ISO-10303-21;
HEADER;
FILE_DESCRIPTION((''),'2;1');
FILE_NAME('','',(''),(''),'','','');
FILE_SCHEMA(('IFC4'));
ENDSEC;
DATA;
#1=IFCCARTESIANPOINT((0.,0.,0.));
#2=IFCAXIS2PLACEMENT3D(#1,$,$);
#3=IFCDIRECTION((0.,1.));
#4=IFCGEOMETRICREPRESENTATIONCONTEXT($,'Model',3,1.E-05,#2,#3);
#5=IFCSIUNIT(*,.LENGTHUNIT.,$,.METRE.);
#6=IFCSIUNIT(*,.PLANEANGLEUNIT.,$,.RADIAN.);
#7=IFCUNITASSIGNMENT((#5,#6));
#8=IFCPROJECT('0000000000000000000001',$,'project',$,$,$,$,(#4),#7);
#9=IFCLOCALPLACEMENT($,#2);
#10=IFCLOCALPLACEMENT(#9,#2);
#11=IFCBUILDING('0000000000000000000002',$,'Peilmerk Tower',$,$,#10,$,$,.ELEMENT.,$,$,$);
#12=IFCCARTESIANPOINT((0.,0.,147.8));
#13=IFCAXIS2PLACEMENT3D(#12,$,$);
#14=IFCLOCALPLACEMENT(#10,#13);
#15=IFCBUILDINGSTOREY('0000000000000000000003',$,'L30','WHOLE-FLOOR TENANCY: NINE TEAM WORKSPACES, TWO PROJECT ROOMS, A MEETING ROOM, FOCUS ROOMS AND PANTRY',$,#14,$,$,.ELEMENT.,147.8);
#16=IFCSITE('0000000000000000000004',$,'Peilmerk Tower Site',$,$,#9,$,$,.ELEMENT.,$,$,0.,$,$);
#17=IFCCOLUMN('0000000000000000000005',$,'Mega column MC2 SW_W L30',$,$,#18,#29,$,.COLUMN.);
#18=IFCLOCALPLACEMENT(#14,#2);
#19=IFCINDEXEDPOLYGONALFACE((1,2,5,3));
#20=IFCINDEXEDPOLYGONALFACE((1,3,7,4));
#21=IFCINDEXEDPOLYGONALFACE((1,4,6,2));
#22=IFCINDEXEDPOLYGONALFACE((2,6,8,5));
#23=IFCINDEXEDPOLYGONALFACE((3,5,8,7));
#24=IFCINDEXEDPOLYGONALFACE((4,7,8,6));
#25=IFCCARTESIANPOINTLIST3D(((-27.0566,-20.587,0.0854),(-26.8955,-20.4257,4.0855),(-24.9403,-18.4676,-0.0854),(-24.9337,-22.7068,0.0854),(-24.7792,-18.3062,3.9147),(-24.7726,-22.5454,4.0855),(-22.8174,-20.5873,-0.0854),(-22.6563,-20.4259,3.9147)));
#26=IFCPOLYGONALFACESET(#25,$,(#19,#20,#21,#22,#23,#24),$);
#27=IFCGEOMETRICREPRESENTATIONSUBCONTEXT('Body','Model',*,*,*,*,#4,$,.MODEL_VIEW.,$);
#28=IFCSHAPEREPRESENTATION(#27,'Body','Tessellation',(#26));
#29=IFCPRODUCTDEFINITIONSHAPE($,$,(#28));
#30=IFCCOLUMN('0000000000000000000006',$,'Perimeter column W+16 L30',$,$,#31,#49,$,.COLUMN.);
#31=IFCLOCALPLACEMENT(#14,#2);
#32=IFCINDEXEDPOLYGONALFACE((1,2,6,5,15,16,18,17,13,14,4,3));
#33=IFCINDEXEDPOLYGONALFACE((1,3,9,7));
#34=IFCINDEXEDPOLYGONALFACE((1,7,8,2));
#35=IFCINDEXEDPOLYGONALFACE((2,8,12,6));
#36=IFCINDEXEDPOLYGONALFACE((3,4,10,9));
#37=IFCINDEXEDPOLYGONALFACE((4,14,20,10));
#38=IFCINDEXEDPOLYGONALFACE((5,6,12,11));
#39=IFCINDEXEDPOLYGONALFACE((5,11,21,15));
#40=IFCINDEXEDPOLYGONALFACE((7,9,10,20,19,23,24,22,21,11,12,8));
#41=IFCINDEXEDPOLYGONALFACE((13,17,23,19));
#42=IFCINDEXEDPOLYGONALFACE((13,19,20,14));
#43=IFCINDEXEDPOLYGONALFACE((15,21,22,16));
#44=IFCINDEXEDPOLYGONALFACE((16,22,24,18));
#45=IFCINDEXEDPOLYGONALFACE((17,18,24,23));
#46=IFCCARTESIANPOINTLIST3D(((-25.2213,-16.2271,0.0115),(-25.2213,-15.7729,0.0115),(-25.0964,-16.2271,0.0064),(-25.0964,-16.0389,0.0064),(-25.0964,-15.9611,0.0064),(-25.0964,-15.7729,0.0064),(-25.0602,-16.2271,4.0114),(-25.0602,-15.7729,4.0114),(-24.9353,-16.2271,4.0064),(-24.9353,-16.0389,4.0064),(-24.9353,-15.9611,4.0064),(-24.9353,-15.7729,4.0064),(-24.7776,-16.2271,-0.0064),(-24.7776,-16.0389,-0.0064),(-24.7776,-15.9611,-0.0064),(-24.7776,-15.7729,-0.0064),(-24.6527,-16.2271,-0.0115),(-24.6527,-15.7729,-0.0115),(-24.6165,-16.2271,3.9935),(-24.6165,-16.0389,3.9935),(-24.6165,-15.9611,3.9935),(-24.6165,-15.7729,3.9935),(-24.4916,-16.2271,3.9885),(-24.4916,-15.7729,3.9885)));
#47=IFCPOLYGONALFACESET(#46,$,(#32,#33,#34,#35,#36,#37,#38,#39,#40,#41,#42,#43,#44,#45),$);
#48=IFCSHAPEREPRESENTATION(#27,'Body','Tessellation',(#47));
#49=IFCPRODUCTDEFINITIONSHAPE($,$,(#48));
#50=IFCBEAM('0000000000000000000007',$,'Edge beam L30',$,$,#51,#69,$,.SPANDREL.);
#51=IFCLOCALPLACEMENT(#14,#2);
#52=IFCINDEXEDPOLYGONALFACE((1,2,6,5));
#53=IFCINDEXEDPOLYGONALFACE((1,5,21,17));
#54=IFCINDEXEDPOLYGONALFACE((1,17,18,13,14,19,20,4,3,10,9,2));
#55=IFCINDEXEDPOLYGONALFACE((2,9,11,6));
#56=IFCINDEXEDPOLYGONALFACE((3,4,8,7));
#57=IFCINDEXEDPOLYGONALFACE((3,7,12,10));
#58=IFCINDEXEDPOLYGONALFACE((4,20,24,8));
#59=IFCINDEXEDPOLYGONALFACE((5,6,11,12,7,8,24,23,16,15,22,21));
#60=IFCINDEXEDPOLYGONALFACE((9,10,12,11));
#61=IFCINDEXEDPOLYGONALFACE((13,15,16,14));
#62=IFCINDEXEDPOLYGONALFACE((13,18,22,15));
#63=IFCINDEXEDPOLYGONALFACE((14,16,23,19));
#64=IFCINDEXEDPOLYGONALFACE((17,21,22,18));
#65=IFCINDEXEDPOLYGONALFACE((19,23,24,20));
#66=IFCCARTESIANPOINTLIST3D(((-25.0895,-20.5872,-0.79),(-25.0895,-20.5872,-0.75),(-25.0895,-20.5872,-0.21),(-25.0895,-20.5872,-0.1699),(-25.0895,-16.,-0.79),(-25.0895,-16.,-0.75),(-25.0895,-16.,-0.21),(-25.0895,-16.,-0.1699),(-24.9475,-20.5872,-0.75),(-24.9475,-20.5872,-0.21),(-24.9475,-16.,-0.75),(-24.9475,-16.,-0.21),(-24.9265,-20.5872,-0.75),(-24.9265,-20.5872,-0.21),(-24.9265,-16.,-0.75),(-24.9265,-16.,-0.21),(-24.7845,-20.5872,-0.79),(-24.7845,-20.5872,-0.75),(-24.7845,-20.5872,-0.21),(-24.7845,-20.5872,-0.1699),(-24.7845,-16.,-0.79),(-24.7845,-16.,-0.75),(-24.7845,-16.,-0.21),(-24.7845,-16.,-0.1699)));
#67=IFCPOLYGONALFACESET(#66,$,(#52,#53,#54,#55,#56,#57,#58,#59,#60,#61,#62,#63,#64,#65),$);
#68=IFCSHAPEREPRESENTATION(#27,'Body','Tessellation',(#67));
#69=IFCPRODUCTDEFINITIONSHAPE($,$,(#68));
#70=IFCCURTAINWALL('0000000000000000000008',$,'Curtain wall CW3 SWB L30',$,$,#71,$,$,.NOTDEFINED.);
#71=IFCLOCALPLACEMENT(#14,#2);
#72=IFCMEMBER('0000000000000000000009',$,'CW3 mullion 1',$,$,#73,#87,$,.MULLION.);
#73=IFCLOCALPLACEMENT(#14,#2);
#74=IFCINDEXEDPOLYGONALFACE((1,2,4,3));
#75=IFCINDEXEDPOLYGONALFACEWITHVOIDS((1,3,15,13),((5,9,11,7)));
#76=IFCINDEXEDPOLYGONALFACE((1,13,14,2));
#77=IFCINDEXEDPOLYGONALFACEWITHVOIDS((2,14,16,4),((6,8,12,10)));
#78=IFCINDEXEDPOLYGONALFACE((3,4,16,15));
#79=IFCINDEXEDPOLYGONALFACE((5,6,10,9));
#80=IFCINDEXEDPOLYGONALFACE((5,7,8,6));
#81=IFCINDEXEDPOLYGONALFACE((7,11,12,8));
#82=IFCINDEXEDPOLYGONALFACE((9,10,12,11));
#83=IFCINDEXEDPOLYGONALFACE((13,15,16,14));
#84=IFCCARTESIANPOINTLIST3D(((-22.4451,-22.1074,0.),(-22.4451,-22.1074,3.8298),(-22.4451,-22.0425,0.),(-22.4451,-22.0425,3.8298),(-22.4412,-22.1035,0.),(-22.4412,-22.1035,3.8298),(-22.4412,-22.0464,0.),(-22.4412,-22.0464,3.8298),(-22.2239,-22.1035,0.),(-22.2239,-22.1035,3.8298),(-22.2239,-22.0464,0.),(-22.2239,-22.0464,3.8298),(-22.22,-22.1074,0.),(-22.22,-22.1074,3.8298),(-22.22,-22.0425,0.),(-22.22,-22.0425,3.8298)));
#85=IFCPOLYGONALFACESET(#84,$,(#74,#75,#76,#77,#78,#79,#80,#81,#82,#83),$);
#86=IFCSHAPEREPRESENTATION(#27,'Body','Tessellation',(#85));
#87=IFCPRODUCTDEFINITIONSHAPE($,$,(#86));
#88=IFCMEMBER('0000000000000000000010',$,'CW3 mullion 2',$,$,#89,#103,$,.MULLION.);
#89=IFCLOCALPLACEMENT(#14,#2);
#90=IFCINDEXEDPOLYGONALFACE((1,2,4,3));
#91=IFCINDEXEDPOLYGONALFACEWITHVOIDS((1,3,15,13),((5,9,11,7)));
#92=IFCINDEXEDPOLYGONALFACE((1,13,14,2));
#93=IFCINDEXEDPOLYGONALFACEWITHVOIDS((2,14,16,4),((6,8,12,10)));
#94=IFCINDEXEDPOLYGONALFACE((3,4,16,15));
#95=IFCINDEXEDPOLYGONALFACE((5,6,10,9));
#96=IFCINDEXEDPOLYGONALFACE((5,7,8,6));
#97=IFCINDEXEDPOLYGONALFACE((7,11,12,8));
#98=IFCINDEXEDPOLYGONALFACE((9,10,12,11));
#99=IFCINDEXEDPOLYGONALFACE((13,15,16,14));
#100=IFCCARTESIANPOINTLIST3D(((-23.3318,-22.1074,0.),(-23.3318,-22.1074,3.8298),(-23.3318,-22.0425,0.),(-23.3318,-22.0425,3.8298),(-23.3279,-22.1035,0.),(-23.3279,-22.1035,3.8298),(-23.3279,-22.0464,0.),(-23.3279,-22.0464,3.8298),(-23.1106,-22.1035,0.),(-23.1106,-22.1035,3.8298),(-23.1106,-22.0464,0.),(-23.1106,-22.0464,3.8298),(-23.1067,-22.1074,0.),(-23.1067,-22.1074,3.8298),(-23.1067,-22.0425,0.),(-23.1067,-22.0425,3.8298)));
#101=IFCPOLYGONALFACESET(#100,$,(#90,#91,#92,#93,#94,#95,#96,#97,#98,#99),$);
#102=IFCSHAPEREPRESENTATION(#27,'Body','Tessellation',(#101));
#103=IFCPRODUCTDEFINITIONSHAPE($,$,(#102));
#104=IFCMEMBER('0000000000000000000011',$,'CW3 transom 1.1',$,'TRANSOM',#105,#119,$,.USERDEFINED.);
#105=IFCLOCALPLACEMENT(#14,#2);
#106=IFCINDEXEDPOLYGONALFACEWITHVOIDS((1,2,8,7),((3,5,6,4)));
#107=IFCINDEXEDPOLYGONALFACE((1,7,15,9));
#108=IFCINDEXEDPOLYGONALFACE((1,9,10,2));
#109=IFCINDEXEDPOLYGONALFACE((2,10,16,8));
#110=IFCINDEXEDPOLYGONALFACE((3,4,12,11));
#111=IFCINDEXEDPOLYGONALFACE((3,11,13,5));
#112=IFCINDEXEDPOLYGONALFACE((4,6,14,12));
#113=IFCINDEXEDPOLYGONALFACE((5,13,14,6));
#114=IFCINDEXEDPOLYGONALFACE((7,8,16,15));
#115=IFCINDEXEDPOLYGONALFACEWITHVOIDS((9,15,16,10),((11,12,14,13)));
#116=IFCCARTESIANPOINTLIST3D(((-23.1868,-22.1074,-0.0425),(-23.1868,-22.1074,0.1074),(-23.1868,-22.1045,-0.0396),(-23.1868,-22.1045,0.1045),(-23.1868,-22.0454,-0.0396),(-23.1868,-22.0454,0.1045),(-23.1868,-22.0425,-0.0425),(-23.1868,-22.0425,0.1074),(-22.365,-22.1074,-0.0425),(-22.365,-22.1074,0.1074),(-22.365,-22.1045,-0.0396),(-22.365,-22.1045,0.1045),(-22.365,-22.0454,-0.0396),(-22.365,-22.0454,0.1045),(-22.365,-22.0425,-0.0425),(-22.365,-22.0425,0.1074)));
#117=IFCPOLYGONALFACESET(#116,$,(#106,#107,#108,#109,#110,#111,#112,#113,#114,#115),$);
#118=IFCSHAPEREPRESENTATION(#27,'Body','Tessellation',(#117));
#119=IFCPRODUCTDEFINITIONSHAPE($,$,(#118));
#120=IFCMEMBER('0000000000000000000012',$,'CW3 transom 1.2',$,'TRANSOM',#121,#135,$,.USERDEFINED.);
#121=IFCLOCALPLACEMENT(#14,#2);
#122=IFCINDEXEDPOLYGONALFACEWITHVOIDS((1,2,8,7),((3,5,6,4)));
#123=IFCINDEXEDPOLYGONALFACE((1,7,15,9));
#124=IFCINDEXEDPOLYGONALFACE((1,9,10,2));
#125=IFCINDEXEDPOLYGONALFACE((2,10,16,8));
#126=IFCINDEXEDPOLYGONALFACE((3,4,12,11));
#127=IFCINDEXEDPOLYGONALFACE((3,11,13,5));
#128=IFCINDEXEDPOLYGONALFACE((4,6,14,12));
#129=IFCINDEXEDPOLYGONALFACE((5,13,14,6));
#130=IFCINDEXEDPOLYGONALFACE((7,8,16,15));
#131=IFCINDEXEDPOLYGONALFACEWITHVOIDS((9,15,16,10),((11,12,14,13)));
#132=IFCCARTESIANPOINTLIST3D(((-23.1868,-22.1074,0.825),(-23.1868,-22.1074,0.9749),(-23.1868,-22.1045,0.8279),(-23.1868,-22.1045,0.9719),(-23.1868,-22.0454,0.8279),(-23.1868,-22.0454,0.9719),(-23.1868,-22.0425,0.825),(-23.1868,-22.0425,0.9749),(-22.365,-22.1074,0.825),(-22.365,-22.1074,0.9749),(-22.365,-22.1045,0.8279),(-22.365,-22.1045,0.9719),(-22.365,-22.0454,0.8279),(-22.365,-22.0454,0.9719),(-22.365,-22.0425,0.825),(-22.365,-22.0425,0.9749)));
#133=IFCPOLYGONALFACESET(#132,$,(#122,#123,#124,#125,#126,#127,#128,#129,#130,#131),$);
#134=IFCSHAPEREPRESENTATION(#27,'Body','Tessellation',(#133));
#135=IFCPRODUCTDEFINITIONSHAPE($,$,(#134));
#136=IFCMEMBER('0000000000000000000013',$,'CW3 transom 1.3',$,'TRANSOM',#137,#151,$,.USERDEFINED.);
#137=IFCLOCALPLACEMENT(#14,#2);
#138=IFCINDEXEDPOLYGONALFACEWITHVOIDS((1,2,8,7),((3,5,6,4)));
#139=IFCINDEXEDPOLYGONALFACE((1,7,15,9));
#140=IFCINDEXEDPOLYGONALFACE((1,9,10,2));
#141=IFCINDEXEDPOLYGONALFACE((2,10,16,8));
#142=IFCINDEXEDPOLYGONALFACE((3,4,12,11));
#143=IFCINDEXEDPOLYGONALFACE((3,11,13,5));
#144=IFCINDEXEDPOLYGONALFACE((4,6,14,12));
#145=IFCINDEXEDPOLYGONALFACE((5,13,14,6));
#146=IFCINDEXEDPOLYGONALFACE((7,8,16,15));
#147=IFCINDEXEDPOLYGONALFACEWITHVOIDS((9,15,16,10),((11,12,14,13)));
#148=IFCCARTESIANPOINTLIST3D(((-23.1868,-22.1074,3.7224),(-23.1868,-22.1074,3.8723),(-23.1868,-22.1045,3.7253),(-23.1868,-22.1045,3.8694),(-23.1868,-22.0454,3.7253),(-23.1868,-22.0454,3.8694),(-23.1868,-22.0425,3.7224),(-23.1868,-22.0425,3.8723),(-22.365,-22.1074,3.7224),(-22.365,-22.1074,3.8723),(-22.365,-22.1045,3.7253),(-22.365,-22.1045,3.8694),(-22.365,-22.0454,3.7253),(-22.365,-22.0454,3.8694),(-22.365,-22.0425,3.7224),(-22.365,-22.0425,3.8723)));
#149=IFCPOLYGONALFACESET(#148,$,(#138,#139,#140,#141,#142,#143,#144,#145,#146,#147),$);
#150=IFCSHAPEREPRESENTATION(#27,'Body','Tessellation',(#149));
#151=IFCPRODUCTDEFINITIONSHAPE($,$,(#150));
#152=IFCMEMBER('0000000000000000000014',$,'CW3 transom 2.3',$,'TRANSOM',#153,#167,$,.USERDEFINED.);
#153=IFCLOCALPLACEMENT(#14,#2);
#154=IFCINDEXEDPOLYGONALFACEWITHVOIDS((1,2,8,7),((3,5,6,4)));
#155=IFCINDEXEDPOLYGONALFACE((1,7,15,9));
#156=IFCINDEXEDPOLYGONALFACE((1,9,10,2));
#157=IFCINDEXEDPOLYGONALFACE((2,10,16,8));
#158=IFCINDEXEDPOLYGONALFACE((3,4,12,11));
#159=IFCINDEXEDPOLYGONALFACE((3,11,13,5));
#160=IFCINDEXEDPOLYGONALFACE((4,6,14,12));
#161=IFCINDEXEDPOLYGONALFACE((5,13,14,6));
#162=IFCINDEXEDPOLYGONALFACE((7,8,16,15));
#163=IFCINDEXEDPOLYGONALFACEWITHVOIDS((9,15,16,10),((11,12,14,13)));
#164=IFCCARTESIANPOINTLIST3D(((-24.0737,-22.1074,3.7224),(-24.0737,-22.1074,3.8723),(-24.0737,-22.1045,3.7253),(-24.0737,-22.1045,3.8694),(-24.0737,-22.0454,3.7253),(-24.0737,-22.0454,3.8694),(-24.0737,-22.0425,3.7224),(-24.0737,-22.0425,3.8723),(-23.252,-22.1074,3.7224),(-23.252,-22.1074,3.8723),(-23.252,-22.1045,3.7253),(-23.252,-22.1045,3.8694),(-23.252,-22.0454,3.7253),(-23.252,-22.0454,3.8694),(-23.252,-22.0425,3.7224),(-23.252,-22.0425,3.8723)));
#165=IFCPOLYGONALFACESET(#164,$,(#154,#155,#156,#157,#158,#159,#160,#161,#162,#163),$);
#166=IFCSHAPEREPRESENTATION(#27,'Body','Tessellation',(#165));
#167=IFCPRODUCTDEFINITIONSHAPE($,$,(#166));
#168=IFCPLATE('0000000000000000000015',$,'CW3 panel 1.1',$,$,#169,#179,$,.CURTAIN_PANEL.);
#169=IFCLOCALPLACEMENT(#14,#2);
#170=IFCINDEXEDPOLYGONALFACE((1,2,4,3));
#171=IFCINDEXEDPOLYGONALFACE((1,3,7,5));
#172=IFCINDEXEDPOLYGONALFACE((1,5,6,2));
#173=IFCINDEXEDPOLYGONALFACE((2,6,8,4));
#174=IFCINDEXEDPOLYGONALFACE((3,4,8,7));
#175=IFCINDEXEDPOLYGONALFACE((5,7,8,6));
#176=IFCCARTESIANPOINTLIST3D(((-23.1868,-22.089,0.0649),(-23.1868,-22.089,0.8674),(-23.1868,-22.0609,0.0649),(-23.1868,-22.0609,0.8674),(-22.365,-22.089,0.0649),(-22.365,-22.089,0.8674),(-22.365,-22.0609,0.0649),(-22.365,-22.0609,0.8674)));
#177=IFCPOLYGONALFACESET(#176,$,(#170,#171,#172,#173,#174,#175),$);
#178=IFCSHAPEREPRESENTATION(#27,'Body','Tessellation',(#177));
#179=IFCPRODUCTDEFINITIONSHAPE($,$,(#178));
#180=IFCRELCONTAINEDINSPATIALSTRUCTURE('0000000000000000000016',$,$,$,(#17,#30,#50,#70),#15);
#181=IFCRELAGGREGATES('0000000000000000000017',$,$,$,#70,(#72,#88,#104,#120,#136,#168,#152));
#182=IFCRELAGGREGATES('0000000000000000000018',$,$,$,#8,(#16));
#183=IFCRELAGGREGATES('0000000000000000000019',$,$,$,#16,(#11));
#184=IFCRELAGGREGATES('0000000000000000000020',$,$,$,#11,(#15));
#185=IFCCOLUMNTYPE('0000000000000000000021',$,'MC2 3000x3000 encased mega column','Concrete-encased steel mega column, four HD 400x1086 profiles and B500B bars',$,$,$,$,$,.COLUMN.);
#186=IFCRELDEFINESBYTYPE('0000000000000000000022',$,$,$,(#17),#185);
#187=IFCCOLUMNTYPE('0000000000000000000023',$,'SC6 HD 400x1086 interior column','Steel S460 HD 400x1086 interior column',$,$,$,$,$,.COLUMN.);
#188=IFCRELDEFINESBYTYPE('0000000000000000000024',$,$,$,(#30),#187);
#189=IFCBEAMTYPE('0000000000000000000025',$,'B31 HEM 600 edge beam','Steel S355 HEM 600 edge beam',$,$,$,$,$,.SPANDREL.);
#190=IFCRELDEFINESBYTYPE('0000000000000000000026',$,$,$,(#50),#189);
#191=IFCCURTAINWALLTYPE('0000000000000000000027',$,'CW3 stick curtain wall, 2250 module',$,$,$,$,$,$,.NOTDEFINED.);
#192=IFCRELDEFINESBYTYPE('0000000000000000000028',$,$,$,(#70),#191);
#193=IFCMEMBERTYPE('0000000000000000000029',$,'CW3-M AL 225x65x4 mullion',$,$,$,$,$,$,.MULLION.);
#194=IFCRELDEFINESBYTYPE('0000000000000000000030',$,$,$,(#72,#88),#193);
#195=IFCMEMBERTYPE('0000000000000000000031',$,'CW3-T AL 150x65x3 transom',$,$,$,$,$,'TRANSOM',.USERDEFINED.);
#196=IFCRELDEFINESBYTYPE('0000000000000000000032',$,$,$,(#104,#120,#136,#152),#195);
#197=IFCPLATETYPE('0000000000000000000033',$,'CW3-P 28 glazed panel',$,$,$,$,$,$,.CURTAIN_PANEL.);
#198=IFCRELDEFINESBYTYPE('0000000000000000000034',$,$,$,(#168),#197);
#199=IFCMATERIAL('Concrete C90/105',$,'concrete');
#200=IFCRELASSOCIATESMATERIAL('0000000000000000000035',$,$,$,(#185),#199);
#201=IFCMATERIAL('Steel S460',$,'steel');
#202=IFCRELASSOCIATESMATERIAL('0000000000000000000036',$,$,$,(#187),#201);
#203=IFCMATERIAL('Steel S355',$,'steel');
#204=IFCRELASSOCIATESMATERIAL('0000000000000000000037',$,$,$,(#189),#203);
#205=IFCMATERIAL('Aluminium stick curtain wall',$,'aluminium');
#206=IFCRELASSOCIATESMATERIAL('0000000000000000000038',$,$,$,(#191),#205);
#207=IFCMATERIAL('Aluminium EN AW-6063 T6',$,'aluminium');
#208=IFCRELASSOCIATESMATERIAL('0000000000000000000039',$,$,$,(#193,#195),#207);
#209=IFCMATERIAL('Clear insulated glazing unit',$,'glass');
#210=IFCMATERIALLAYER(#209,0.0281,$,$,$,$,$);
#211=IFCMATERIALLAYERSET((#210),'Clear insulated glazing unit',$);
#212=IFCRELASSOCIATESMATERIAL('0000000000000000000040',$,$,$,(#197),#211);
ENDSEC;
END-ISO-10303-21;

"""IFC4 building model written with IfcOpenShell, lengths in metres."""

from ifc_helpers import new_model, si_unit, direction, frame, origin, origin_2d, place, context, subcontext, project, spatial, rectangle, hollow_rectangle, i_section, extrude, material, layer, layer_set, material_profile, profile_set, type_object, element, aggregate, save


model = new_model("IFC4")

# Units and contexts
model_context = context("Model", 3, precision=1e-05, world=origin(), true_north=direction((0.0, 1.0)))
body_context = subcontext(model_context, "Body", "Model", "MODEL_VIEW")
ifc_project = project(units=[si_unit("LENGTHUNIT", "METRE"), si_unit("PLANEANGLEUNIT", "RADIAN")], contexts=[model_context])

# Site, building, storey
site_placement = place(None, origin())
site = spatial("IfcSite", under=ifc_project, at=site_placement, Name="Peilmerk Tower Site", CompositionType="ELEMENT", RefElevation=0.0)
building_placement = place(site_placement, origin())
building = spatial("IfcBuilding", under=site, at=building_placement, Name="Peilmerk Tower", CompositionType="ELEMENT")
storey_placement = place(building_placement, frame((0.0, 0.0, 147.8)))
storey = spatial("IfcBuildingStorey", under=building, at=storey_placement, Name="L30", Description="WHOLE-FLOOR TENANCY: NINE TEAM WORKSPACES, TWO PROJECT ROOMS, A MEETING ROOM, FOCUS ROOMS AND PANTRY", CompositionType="ELEMENT", Elevation=147.8)

# Columns
ifc_material_1 = material(Name="Concrete C90/105", Category="concrete")
ifc_material_profile_1 = material_profile(ifc_material_1, rectangle(XDim=3.0, YDim=3.0, at=origin_2d()), Name="RC 3000x3000")
ifc_profile_set_1 = profile_set([ifc_material_profile_1], Name="Concrete C90/105")
column_type_1 = type_object("IfcColumnType", Name="MC2 3000x3000 encased mega column", Description="Concrete-encased steel mega column, four HD 400x1086 profiles and B500B bars", PredefinedType="COLUMN", material=ifc_profile_set_1)
column_1_placement = place(storey_placement, frame((-24.937, -20.5872, 0.0), z_axis=(0.040218, 0.040279, 0.998379), x_axis=(-0.707642, 0.706571, 0.0)))
element("IfcColumn", 1, at=column_1_placement, inside=storey, type_object=column_type_1, Name="Mega column MC2 SW_W L30", PredefinedType="COLUMN", context=body_context, shape_type="SweptSolid", body=[
    extrude(rectangle(XDim=3.0, YDim=3.0, at=origin_2d()), origin(), (0.0, 0.0, 1.0), 4.0066),
])
ifc_material_2 = material(Name="Steel S460", Category="steel")
ifc_material_profile_2 = material_profile(ifc_material_2, i_section(OverallWidth=0.4541, OverallDepth=0.5691, WebThickness=0.0779, FlangeThickness=0.125, at=origin_2d()), Name="HD 400x1086")
ifc_profile_set_2 = profile_set([ifc_material_profile_2], Name="Steel S460")
column_type_2 = type_object("IfcColumnType", Name="SC6 HD 400x1086 interior column", Description="Steel S460 HD 400x1086 interior column", PredefinedType="COLUMN", material=ifc_profile_set_2)
column_2_placement = place(storey_placement, frame((-24.937, -16.0, 0.0), z_axis=(0.040251, 0.0, 0.99919), x_axis=(0.0, 1.0, 0.0)))
element("IfcColumn", 2, at=column_2_placement, inside=storey, type_object=column_type_2, Name="Perimeter column W+16 L30", PredefinedType="COLUMN", context=body_context, shape_type="SweptSolid", body=[
    extrude(i_section(OverallWidth=0.4541, OverallDepth=0.5691, WebThickness=0.0779, FlangeThickness=0.125, at=origin_2d()), origin(), (0.0, 0.0, 1.0), 4.0032),
])

# Beam
ifc_material_3 = material(Name="Steel S355", Category="steel")
ifc_material_profile_3 = material_profile(ifc_material_3, i_section(OverallWidth=0.3049, OverallDepth=0.6201, WebThickness=0.021, FlangeThickness=0.04, at=origin_2d()), Name="HEM 600")
ifc_profile_set_3 = profile_set([ifc_material_profile_3], Name="Steel S355")
beam_type = type_object("IfcBeamType", Name="B31 HEM 600 edge beam", Description="Steel S355 HEM 600 edge beam", PredefinedType="SPANDREL", material=ifc_profile_set_3)
beam_placement = place(storey_placement, frame((-24.937, -16.0, -0.48), z_axis=(0.0, -1.0, 0.0), x_axis=(1.0, 0.0, 0.0)))
element("IfcBeam", 3, at=beam_placement, inside=storey, type_object=beam_type, Name="Edge beam L30", PredefinedType="SPANDREL", context=body_context, shape_type="SweptSolid", body=[
    extrude(i_section(OverallWidth=0.3049, OverallDepth=0.6201, WebThickness=0.021, FlangeThickness=0.04, at=origin_2d()), origin(), (0.0, 0.0, 1.0), 4.5872),
])

# Curtain wall, members, plate
ifc_material_4 = material(Name="Aluminium stick curtain wall", Category="aluminium")
curtain_wall_type = type_object("IfcCurtainWallType", Name="CW3 stick curtain wall, 2250 module", PredefinedType="NOTDEFINED", material=ifc_material_4)
curtain_wall_placement = place(storey_placement, origin())
curtain_wall = element("IfcCurtainWall", 4, at=curtain_wall_placement, inside=storey, type_object=curtain_wall_type, Name="Curtain wall CW3 SWB L30", PredefinedType="NOTDEFINED")
ifc_material_5 = material(Name="Aluminium EN AW-6063 T6", Category="aluminium")
ifc_material_profile_4 = material_profile(ifc_material_5, hollow_rectangle(XDim=0.0649, YDim=0.2251, WallThickness=0.0039, at=origin_2d()), Name="AL 225x65x4")
ifc_profile_set_4 = profile_set([ifc_material_profile_4], Name="Aluminium EN AW-6063 T6")
member_type_1 = type_object("IfcMemberType", Name="CW3-M AL 225x65x4 mullion", PredefinedType="MULLION", material=ifc_profile_set_4)
member_1_placement = place(storey_placement, frame((-22.3325, -22.075, 0.0), z_axis=(0.0, 0.0, 1.0), x_axis=(0.0, -1.0, 0.0)))
member_1 = element("IfcMember", 5, at=member_1_placement, type_object=member_type_1, Name="CW3 mullion 1", PredefinedType="MULLION", context=body_context, shape_type="SweptSolid", body=[
    extrude(hollow_rectangle(XDim=0.0649, YDim=0.2251, WallThickness=0.0039, at=origin_2d()), origin(), (0.0, 0.0, 1.0), 3.8298),
])
member_2_placement = place(storey_placement, frame((-23.2192, -22.075, 0.0), z_axis=(0.0, 0.0, 1.0), x_axis=(0.0, -1.0, 0.0)))
member_2 = element("IfcMember", 6, at=member_2_placement, type_object=member_type_1, Name="CW3 mullion 2", PredefinedType="MULLION", context=body_context, shape_type="SweptSolid", body=[
    extrude(hollow_rectangle(XDim=0.0649, YDim=0.2251, WallThickness=0.0039, at=origin_2d()), origin(), (0.0, 0.0, 1.0), 3.8298),
])
ifc_material_profile_5 = material_profile(ifc_material_5, hollow_rectangle(XDim=0.0649, YDim=0.1499, WallThickness=0.0029, at=origin_2d()), Name="AL 150x65x3")
ifc_profile_set_5 = profile_set([ifc_material_profile_5], Name="Aluminium EN AW-6063 T6")
member_type_2 = type_object("IfcMemberType", Name="CW3-T AL 150x65x3 transom", ElementType="TRANSOM", PredefinedType="USERDEFINED", material=ifc_profile_set_5)
member_3_placement = place(storey_placement, frame((-22.365, -22.075, 0.0325), z_axis=(-1.0, 0.0, 0.0), x_axis=(0.0, -1.0, 0.0)))
member_3 = element("IfcMember", 7, at=member_3_placement, type_object=member_type_2, Name="CW3 transom 1.1", ObjectType="TRANSOM", PredefinedType="USERDEFINED", context=body_context, shape_type="SweptSolid", body=[
    extrude(hollow_rectangle(XDim=0.0649, YDim=0.1499, WallThickness=0.0029, at=origin_2d()), origin(), (0.0, 0.0, 1.0), 0.8218),
])
member_4_placement = place(storey_placement, frame((-22.365, -22.075, 0.8999), z_axis=(-1.0, 0.0, 0.0), x_axis=(0.0, -1.0, 0.0)))
member_4 = element("IfcMember", 8, at=member_4_placement, type_object=member_type_2, Name="CW3 transom 1.2", ObjectType="TRANSOM", PredefinedType="USERDEFINED", context=body_context, shape_type="SweptSolid", body=[
    extrude(hollow_rectangle(XDim=0.0649, YDim=0.1499, WallThickness=0.0029, at=origin_2d()), origin(), (0.0, 0.0, 1.0), 0.8218),
])
member_5_placement = place(storey_placement, frame((-22.365, -22.075, 3.7974), z_axis=(-1.0, 0.0, 0.0), x_axis=(0.0, -1.0, 0.0)))
member_5 = element("IfcMember", 9, at=member_5_placement, type_object=member_type_2, Name="CW3 transom 1.3", ObjectType="TRANSOM", PredefinedType="USERDEFINED", context=body_context, shape_type="SweptSolid", body=[
    extrude(hollow_rectangle(XDim=0.0649, YDim=0.1499, WallThickness=0.0029, at=origin_2d()), origin(), (0.0, 0.0, 1.0), 0.8218),
])
member_6_placement = place(storey_placement, frame((-23.252, -22.075, 3.7974), z_axis=(-1.0, 0.0, 0.0), x_axis=(0.0, -1.0, 0.0)))
member_6 = element("IfcMember", 10, at=member_6_placement, type_object=member_type_2, Name="CW3 transom 2.3", ObjectType="TRANSOM", PredefinedType="USERDEFINED", context=body_context, shape_type="SweptSolid", body=[
    extrude(hollow_rectangle(XDim=0.0649, YDim=0.1499, WallThickness=0.0029, at=origin_2d()), origin(), (0.0, 0.0, 1.0), 0.8218),
])
ifc_material_6 = material(Name="Clear insulated glazing unit", Category="glass")
ifc_layer = layer(ifc_material_6, 0.0281)
ifc_layer_set = layer_set([ifc_layer], Name="Clear insulated glazing unit")
plate_type = type_object("IfcPlateType", Name="CW3-P 28 glazed panel", PredefinedType="CURTAIN_PANEL", material=ifc_layer_set)
plate_1_placement = place(storey_placement, frame((-22.7759, -22.075, 0.0649), z_axis=(0.0, 0.0, 1.0), x_axis=(-1.0, 0.0, 0.0)))
plate_1 = element("IfcPlate", 11, at=plate_1_placement, type_object=plate_type, Name="CW3 panel 1.1", PredefinedType="CURTAIN_PANEL", context=body_context, shape_type="SweptSolid", body=[
    extrude(rectangle(XDim=0.8218, YDim=0.0281, at=origin_2d()), origin(), (0.0, 0.0, 1.0), 0.8025),
])
aggregate(curtain_wall, [member_1, member_2, member_3, member_4, member_5, plate_1, member_6])

save(model, "model.ifc")
